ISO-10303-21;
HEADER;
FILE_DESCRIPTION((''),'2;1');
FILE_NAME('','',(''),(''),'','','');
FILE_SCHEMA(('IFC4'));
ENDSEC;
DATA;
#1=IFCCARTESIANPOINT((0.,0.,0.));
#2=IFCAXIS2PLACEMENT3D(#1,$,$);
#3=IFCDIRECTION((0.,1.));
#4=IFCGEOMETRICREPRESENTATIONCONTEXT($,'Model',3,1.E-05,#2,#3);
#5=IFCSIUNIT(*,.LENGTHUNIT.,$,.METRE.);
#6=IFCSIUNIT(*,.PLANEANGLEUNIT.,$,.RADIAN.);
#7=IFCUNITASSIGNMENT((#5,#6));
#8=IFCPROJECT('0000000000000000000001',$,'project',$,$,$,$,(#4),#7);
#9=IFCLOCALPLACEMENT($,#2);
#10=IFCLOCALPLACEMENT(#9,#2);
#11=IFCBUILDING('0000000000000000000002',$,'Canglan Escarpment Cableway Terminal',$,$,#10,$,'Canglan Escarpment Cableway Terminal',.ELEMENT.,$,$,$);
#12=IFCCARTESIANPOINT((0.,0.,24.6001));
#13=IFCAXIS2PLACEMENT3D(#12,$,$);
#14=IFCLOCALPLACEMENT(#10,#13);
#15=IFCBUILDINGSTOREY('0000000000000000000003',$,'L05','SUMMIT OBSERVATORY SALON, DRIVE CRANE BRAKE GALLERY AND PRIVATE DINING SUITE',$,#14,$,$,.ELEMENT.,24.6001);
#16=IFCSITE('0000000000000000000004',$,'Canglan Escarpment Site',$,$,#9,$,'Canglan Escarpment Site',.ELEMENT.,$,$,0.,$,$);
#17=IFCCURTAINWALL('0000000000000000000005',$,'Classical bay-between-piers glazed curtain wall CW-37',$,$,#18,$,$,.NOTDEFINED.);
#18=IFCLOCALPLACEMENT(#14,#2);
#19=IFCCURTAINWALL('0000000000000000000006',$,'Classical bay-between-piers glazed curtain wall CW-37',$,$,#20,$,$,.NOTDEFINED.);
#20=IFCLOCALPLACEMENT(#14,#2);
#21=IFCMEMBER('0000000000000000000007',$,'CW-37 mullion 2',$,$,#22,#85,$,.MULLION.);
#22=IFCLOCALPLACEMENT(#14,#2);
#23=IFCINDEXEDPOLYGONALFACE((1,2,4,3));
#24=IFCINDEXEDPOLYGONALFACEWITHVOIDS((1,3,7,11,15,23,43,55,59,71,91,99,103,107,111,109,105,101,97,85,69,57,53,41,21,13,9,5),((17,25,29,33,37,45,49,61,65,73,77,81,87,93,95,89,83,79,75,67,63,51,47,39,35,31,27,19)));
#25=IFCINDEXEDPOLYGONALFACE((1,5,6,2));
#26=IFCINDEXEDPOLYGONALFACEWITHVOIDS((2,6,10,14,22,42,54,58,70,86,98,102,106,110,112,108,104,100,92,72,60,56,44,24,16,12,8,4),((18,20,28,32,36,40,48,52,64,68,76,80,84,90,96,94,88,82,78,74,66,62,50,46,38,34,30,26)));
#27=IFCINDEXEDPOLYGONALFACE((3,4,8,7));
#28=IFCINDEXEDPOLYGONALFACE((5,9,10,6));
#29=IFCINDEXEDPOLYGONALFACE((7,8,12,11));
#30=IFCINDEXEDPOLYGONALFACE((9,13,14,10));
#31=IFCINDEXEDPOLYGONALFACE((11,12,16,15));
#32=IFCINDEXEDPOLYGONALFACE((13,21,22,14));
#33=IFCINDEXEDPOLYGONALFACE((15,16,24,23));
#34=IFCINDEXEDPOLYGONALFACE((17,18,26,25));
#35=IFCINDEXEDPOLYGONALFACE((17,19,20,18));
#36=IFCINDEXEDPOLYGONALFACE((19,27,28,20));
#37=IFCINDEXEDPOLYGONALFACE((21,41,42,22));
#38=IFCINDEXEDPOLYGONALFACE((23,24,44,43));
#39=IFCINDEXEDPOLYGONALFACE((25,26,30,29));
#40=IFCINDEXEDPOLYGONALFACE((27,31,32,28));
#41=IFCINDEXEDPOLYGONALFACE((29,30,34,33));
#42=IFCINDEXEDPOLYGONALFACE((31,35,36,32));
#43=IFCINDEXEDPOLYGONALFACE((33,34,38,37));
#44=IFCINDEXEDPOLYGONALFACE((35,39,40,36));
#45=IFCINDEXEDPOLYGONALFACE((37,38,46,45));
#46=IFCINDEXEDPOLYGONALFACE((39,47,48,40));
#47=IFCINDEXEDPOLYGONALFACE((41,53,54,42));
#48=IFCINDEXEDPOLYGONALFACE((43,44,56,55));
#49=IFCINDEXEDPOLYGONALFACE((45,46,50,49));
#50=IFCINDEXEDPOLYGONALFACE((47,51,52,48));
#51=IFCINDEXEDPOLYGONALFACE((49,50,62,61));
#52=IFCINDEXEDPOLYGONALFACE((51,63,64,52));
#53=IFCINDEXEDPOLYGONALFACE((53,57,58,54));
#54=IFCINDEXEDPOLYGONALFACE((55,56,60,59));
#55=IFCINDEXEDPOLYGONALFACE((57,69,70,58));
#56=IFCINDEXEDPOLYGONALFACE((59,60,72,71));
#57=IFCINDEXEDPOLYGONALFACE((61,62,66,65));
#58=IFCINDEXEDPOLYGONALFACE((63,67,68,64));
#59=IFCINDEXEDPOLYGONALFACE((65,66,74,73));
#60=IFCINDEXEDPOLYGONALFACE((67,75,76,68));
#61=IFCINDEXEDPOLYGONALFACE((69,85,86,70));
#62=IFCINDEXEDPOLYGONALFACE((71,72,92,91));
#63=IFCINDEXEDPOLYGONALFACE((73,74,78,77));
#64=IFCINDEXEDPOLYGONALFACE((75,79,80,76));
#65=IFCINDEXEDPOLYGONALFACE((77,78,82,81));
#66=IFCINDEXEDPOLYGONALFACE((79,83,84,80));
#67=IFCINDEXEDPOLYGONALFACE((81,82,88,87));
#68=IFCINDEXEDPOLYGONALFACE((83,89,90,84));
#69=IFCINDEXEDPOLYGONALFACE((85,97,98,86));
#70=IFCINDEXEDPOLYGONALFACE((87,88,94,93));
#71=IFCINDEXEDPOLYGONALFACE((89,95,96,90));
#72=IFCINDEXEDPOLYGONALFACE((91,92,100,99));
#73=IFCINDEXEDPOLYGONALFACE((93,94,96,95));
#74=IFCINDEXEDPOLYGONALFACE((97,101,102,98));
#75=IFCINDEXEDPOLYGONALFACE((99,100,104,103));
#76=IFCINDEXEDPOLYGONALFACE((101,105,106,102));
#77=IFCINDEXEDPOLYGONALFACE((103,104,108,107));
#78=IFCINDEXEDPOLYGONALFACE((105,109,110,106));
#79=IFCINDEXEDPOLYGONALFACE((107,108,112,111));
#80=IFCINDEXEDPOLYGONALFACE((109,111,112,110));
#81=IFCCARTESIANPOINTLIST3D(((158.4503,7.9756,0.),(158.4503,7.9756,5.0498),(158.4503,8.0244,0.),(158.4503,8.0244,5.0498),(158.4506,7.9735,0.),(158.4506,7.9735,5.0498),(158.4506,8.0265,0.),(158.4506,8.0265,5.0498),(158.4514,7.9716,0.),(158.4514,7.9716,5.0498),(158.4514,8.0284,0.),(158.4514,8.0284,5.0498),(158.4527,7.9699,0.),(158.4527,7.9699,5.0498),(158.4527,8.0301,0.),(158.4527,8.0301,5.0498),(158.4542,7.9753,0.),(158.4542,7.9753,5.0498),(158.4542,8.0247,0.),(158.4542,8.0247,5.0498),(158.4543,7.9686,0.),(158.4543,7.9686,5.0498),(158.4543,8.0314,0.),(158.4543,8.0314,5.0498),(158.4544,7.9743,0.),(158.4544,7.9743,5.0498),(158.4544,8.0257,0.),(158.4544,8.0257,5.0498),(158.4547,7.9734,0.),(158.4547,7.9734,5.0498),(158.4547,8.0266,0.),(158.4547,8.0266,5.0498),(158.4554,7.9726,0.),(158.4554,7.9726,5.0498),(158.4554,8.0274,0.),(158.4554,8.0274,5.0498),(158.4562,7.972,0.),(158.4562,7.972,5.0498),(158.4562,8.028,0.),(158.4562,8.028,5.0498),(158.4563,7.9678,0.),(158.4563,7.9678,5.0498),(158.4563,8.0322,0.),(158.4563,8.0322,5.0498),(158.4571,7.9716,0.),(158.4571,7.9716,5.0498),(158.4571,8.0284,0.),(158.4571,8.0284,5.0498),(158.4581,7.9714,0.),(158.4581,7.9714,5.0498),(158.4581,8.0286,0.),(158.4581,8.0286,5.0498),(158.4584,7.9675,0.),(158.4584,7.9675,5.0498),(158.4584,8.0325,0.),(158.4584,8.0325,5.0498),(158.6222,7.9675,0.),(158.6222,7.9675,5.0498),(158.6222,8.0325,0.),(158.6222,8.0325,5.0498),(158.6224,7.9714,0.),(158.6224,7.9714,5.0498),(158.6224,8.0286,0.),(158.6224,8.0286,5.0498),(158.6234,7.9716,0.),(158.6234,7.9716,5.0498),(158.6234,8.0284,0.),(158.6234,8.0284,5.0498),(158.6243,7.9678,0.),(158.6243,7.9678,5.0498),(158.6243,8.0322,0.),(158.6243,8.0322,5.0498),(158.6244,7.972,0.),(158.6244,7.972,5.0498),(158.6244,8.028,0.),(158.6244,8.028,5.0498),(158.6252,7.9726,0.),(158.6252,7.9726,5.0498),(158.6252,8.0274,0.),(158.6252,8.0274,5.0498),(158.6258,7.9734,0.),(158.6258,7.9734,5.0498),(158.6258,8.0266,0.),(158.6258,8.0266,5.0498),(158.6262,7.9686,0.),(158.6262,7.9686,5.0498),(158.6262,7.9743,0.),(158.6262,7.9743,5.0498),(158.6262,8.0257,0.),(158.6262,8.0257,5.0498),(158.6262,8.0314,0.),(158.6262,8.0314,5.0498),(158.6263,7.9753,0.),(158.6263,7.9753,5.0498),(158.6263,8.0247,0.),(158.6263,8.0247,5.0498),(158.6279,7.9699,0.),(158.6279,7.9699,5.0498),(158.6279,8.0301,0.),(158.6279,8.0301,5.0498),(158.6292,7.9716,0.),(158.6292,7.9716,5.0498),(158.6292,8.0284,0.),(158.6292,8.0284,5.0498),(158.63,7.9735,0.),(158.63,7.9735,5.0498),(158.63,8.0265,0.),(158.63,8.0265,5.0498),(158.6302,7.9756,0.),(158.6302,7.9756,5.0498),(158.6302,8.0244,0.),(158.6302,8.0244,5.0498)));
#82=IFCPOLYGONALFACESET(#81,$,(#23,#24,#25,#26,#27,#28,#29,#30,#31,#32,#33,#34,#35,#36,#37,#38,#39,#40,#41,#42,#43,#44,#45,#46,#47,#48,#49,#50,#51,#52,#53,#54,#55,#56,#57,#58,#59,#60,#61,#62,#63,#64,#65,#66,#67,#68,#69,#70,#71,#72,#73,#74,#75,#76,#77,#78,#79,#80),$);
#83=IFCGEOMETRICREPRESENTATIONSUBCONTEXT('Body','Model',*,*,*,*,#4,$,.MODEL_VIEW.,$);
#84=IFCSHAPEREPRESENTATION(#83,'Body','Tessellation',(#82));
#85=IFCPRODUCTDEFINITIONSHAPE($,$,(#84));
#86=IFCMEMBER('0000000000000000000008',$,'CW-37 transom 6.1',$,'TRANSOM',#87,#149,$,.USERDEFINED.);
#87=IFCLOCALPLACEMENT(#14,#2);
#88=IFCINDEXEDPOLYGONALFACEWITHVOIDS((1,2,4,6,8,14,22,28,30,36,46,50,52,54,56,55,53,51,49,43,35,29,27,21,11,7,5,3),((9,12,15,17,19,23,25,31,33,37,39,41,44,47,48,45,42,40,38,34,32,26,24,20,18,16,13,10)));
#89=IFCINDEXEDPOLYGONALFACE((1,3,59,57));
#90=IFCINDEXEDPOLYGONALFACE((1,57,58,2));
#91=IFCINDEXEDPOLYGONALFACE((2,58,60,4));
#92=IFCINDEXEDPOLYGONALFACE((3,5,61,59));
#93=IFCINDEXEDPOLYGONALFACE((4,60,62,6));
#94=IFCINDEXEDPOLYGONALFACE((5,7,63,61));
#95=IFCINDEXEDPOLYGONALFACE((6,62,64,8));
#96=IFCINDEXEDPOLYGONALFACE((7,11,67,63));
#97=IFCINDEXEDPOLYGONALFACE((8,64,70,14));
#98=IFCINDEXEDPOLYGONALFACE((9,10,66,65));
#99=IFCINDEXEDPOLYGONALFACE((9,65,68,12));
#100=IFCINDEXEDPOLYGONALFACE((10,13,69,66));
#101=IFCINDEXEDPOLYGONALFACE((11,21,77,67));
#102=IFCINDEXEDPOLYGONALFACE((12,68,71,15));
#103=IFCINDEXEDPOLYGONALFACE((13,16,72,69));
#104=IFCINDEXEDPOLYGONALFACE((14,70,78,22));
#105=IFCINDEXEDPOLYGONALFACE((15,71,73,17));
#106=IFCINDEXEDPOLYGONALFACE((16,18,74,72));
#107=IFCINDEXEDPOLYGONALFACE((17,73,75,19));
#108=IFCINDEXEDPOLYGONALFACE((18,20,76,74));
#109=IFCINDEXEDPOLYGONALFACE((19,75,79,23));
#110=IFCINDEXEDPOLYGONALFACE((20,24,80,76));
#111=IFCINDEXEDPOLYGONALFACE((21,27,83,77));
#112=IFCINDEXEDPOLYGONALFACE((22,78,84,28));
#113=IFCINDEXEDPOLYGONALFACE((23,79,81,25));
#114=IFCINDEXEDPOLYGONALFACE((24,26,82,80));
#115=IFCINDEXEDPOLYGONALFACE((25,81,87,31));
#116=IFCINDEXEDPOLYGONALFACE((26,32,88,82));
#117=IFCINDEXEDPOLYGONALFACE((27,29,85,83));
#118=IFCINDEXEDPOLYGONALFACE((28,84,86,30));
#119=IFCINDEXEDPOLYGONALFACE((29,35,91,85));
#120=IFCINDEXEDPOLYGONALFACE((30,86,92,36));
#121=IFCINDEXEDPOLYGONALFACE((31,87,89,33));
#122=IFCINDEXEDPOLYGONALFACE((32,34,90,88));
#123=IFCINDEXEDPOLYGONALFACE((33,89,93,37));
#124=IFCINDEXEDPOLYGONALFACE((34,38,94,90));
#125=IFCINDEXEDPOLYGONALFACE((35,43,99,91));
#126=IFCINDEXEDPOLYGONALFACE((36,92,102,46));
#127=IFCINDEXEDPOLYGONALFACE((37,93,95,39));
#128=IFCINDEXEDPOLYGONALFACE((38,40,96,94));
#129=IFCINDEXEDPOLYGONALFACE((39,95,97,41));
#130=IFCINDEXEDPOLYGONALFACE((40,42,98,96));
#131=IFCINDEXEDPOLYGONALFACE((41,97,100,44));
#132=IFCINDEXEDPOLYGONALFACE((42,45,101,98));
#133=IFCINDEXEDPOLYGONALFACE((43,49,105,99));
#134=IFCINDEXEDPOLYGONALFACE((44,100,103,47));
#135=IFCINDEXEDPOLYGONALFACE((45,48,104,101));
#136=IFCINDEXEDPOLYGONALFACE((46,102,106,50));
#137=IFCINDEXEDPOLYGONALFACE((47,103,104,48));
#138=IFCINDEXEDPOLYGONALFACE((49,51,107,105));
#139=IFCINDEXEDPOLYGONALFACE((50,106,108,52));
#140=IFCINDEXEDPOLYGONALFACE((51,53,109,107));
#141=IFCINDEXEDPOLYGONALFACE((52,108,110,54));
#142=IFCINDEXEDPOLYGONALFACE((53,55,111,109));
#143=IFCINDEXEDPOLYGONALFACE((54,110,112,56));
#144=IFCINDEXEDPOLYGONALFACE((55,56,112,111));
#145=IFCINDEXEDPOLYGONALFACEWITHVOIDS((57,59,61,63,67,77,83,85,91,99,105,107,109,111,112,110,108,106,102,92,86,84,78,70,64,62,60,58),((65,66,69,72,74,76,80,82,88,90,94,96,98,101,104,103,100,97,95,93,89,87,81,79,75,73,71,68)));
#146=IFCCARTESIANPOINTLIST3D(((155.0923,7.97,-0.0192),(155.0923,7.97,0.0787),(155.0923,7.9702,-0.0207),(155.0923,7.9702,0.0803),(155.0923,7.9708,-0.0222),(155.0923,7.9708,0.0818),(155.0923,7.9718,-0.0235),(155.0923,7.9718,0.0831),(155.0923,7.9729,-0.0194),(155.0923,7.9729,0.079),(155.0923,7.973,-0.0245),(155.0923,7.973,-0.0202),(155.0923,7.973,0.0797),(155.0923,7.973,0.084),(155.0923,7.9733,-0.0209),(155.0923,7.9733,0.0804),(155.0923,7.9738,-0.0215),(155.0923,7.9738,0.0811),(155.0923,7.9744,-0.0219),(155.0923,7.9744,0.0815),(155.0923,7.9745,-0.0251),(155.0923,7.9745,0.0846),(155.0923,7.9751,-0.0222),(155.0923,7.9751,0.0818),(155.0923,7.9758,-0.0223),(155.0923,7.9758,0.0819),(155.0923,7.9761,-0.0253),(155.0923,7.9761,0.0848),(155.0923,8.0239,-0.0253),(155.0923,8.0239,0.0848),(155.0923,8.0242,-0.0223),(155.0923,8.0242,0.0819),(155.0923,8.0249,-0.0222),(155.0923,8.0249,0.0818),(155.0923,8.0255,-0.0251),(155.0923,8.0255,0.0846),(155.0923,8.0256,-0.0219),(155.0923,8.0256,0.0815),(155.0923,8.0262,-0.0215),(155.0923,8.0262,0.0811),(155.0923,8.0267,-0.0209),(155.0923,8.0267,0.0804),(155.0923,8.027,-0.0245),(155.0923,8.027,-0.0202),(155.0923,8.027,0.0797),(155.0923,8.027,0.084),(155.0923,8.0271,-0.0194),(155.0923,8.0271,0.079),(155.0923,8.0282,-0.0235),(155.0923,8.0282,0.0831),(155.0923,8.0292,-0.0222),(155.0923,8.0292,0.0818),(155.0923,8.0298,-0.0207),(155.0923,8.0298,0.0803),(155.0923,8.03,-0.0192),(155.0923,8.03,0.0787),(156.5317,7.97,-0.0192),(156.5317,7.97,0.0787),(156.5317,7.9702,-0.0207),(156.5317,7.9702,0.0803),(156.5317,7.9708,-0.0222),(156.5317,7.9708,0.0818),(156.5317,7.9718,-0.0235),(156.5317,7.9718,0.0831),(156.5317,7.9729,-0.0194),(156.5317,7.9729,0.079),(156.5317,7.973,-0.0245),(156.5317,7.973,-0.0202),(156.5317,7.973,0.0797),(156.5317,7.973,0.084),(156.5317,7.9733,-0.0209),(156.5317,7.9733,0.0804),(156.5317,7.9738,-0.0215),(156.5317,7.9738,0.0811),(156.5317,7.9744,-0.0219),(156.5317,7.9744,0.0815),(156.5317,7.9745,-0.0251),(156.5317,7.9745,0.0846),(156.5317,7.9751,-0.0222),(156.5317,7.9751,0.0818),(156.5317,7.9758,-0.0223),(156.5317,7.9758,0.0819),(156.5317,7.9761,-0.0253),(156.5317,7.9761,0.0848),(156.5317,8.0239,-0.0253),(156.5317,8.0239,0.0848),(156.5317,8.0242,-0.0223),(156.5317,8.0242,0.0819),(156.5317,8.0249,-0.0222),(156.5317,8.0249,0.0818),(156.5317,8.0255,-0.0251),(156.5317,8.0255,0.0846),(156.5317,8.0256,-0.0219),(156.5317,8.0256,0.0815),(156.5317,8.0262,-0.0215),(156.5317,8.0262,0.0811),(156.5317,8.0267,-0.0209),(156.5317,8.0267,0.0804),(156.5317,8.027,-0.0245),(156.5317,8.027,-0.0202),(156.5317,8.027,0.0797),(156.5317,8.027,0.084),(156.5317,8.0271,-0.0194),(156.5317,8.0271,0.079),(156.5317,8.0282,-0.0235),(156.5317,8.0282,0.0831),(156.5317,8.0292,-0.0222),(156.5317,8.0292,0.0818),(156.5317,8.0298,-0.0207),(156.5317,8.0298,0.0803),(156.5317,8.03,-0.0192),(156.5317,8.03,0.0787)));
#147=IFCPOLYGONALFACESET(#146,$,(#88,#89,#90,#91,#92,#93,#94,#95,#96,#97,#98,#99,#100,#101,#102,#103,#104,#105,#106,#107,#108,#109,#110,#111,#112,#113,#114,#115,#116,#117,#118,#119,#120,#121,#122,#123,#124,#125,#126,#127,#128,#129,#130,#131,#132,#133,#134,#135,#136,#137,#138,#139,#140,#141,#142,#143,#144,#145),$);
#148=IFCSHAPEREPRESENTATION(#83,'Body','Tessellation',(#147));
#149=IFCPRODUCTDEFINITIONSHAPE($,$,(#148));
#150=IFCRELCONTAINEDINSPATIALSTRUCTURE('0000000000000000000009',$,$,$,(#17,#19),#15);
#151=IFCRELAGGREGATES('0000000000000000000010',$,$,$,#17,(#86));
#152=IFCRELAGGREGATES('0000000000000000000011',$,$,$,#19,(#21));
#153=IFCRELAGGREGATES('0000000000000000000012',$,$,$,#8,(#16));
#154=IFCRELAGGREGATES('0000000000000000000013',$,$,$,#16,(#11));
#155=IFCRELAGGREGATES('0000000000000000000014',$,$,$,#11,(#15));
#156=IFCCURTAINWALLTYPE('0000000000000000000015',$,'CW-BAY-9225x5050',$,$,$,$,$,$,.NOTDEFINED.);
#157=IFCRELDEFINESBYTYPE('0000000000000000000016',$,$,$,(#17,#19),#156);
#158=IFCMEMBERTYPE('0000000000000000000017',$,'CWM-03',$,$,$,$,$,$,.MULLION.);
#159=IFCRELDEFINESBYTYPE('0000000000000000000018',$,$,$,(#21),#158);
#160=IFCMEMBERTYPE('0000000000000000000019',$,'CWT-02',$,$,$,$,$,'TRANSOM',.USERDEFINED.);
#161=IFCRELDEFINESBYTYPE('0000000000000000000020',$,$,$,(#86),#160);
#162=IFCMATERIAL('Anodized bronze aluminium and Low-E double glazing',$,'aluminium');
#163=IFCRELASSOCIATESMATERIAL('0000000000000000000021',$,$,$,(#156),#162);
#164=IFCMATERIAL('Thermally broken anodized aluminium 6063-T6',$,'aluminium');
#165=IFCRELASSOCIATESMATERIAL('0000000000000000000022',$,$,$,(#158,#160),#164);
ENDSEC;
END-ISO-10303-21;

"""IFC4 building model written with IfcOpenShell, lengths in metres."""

from ifc_helpers import new_model, si_unit, direction, frame, origin, origin_2d, place, context, subcontext, project, spatial, hollow_rectangle, extrude, material, material_profile, profile_set, type_object, element, aggregate, save


model = new_model("IFC4")

# Units and contexts
model_context = context("Model", 3, precision=1e-05, world=origin(), true_north=direction((0.0, 1.0)))
body_context = subcontext(model_context, "Body", "Model", "MODEL_VIEW")
ifc_project = project(units=[si_unit("LENGTHUNIT", "METRE"), si_unit("PLANEANGLEUNIT", "RADIAN")], contexts=[model_context])

# Site, building, storey
site_placement = place(None, origin())
site = spatial("IfcSite", under=ifc_project, at=site_placement, Name="Canglan Escarpment Site", LongName="Canglan Escarpment Site", CompositionType="ELEMENT", RefElevation=0.0)
building_placement = place(site_placement, origin())
building = spatial("IfcBuilding", under=site, at=building_placement, Name="Canglan Escarpment Cableway Terminal", LongName="Canglan Escarpment Cableway Terminal", CompositionType="ELEMENT")
storey_placement = place(building_placement, frame((0.0, 0.0, 24.6001)))
storey = spatial("IfcBuildingStorey", under=building, at=storey_placement, Name="L05", Description="SUMMIT OBSERVATORY SALON, DRIVE CRANE BRAKE GALLERY AND PRIVATE DINING SUITE", CompositionType="ELEMENT", Elevation=24.6001)

# Curtain walls, member
ifc_material_1 = material(Name="Anodized bronze aluminium and Low-E double glazing", Category="aluminium")
curtain_wall_type = type_object("IfcCurtainWallType", Name="CW-BAY-9225x5050", PredefinedType="NOTDEFINED", material=ifc_material_1)
curtain_wall_1_placement = place(storey_placement, origin())
curtain_wall_1 = element("IfcCurtainWall", 1, at=curtain_wall_1_placement, inside=storey, type_object=curtain_wall_type, Name="Classical bay-between-piers glazed curtain wall CW-37", PredefinedType="NOTDEFINED")
ifc_material_2 = material(Name="Thermally broken anodized aluminium 6063-T6", Category="aluminium")
curtain_wall_2_placement = place(storey_placement, origin())
curtain_wall_2 = element("IfcCurtainWall", 2, at=curtain_wall_2_placement, inside=storey, type_object=curtain_wall_type, Name="Classical bay-between-piers glazed curtain wall CW-37", PredefinedType="NOTDEFINED")
ifc_material_profile_1 = material_profile(ifc_material_2, hollow_rectangle(XDim=0.0649, YDim=0.1799, WallThickness=0.0039, InnerFilletRadius=0.0039, OuterFilletRadius=0.0081, at=origin_2d()), Name="ALU-MULL 65x180x4")
ifc_profile_set_1 = profile_set([ifc_material_profile_1], Name="Thermally broken anodized aluminium 6063-T6")
member_type_1 = type_object("IfcMemberType", Name="CWM-03", PredefinedType="MULLION", material=ifc_profile_set_1)
member_1_placement = place(storey_placement, frame((158.5403, 8.0, 0.0), z_axis=(0.0, 0.0, 1.0), x_axis=(0.0, 1.0, 0.0)))
member_1 = element("IfcMember", 3, at=member_1_placement, type_object=member_type_1, Name="CW-37 mullion 2", PredefinedType="MULLION", context=body_context, shape_type="SweptSolid", body=[
    extrude(hollow_rectangle(XDim=0.0649, YDim=0.1799, WallThickness=0.0039, InnerFilletRadius=0.0039, OuterFilletRadius=0.0081, at=origin_2d()), origin(), (0.0, 0.0, 1.0), 5.0498),
])

# Member
ifc_material_profile_2 = material_profile(ifc_material_2, hollow_rectangle(XDim=0.0601, YDim=0.1101, WallThickness=0.0029, InnerFilletRadius=0.0029, OuterFilletRadius=0.0061, at=origin_2d()), Name="ALU-TRAN 60x110x3")
ifc_profile_set_2 = profile_set([ifc_material_profile_2], Name="Thermally broken anodized aluminium 6063-T6")
member_type_2 = type_object("IfcMemberType", Name="CWT-02", ElementType="TRANSOM", PredefinedType="USERDEFINED", material=ifc_profile_set_2)
member_2_placement = place(storey_placement, frame((155.0923, 8.0, 0.0298), z_axis=(1.0, 0.0, 0.0), x_axis=(0.0, 1.0, 0.0)))
member_2 = element("IfcMember", 4, at=member_2_placement, type_object=member_type_2, Name="CW-37 transom 6.1", ObjectType="TRANSOM", PredefinedType="USERDEFINED", context=body_context, shape_type="SweptSolid", body=[
    extrude(hollow_rectangle(XDim=0.0601, YDim=0.1101, WallThickness=0.0029, InnerFilletRadius=0.0029, OuterFilletRadius=0.0061, at=origin_2d()), origin(), (0.0, 0.0, 1.0), 1.4395),
])

aggregate(curtain_wall_1, [member_2])
aggregate(curtain_wall_2, [member_1])

save(model, "model.ifc")
